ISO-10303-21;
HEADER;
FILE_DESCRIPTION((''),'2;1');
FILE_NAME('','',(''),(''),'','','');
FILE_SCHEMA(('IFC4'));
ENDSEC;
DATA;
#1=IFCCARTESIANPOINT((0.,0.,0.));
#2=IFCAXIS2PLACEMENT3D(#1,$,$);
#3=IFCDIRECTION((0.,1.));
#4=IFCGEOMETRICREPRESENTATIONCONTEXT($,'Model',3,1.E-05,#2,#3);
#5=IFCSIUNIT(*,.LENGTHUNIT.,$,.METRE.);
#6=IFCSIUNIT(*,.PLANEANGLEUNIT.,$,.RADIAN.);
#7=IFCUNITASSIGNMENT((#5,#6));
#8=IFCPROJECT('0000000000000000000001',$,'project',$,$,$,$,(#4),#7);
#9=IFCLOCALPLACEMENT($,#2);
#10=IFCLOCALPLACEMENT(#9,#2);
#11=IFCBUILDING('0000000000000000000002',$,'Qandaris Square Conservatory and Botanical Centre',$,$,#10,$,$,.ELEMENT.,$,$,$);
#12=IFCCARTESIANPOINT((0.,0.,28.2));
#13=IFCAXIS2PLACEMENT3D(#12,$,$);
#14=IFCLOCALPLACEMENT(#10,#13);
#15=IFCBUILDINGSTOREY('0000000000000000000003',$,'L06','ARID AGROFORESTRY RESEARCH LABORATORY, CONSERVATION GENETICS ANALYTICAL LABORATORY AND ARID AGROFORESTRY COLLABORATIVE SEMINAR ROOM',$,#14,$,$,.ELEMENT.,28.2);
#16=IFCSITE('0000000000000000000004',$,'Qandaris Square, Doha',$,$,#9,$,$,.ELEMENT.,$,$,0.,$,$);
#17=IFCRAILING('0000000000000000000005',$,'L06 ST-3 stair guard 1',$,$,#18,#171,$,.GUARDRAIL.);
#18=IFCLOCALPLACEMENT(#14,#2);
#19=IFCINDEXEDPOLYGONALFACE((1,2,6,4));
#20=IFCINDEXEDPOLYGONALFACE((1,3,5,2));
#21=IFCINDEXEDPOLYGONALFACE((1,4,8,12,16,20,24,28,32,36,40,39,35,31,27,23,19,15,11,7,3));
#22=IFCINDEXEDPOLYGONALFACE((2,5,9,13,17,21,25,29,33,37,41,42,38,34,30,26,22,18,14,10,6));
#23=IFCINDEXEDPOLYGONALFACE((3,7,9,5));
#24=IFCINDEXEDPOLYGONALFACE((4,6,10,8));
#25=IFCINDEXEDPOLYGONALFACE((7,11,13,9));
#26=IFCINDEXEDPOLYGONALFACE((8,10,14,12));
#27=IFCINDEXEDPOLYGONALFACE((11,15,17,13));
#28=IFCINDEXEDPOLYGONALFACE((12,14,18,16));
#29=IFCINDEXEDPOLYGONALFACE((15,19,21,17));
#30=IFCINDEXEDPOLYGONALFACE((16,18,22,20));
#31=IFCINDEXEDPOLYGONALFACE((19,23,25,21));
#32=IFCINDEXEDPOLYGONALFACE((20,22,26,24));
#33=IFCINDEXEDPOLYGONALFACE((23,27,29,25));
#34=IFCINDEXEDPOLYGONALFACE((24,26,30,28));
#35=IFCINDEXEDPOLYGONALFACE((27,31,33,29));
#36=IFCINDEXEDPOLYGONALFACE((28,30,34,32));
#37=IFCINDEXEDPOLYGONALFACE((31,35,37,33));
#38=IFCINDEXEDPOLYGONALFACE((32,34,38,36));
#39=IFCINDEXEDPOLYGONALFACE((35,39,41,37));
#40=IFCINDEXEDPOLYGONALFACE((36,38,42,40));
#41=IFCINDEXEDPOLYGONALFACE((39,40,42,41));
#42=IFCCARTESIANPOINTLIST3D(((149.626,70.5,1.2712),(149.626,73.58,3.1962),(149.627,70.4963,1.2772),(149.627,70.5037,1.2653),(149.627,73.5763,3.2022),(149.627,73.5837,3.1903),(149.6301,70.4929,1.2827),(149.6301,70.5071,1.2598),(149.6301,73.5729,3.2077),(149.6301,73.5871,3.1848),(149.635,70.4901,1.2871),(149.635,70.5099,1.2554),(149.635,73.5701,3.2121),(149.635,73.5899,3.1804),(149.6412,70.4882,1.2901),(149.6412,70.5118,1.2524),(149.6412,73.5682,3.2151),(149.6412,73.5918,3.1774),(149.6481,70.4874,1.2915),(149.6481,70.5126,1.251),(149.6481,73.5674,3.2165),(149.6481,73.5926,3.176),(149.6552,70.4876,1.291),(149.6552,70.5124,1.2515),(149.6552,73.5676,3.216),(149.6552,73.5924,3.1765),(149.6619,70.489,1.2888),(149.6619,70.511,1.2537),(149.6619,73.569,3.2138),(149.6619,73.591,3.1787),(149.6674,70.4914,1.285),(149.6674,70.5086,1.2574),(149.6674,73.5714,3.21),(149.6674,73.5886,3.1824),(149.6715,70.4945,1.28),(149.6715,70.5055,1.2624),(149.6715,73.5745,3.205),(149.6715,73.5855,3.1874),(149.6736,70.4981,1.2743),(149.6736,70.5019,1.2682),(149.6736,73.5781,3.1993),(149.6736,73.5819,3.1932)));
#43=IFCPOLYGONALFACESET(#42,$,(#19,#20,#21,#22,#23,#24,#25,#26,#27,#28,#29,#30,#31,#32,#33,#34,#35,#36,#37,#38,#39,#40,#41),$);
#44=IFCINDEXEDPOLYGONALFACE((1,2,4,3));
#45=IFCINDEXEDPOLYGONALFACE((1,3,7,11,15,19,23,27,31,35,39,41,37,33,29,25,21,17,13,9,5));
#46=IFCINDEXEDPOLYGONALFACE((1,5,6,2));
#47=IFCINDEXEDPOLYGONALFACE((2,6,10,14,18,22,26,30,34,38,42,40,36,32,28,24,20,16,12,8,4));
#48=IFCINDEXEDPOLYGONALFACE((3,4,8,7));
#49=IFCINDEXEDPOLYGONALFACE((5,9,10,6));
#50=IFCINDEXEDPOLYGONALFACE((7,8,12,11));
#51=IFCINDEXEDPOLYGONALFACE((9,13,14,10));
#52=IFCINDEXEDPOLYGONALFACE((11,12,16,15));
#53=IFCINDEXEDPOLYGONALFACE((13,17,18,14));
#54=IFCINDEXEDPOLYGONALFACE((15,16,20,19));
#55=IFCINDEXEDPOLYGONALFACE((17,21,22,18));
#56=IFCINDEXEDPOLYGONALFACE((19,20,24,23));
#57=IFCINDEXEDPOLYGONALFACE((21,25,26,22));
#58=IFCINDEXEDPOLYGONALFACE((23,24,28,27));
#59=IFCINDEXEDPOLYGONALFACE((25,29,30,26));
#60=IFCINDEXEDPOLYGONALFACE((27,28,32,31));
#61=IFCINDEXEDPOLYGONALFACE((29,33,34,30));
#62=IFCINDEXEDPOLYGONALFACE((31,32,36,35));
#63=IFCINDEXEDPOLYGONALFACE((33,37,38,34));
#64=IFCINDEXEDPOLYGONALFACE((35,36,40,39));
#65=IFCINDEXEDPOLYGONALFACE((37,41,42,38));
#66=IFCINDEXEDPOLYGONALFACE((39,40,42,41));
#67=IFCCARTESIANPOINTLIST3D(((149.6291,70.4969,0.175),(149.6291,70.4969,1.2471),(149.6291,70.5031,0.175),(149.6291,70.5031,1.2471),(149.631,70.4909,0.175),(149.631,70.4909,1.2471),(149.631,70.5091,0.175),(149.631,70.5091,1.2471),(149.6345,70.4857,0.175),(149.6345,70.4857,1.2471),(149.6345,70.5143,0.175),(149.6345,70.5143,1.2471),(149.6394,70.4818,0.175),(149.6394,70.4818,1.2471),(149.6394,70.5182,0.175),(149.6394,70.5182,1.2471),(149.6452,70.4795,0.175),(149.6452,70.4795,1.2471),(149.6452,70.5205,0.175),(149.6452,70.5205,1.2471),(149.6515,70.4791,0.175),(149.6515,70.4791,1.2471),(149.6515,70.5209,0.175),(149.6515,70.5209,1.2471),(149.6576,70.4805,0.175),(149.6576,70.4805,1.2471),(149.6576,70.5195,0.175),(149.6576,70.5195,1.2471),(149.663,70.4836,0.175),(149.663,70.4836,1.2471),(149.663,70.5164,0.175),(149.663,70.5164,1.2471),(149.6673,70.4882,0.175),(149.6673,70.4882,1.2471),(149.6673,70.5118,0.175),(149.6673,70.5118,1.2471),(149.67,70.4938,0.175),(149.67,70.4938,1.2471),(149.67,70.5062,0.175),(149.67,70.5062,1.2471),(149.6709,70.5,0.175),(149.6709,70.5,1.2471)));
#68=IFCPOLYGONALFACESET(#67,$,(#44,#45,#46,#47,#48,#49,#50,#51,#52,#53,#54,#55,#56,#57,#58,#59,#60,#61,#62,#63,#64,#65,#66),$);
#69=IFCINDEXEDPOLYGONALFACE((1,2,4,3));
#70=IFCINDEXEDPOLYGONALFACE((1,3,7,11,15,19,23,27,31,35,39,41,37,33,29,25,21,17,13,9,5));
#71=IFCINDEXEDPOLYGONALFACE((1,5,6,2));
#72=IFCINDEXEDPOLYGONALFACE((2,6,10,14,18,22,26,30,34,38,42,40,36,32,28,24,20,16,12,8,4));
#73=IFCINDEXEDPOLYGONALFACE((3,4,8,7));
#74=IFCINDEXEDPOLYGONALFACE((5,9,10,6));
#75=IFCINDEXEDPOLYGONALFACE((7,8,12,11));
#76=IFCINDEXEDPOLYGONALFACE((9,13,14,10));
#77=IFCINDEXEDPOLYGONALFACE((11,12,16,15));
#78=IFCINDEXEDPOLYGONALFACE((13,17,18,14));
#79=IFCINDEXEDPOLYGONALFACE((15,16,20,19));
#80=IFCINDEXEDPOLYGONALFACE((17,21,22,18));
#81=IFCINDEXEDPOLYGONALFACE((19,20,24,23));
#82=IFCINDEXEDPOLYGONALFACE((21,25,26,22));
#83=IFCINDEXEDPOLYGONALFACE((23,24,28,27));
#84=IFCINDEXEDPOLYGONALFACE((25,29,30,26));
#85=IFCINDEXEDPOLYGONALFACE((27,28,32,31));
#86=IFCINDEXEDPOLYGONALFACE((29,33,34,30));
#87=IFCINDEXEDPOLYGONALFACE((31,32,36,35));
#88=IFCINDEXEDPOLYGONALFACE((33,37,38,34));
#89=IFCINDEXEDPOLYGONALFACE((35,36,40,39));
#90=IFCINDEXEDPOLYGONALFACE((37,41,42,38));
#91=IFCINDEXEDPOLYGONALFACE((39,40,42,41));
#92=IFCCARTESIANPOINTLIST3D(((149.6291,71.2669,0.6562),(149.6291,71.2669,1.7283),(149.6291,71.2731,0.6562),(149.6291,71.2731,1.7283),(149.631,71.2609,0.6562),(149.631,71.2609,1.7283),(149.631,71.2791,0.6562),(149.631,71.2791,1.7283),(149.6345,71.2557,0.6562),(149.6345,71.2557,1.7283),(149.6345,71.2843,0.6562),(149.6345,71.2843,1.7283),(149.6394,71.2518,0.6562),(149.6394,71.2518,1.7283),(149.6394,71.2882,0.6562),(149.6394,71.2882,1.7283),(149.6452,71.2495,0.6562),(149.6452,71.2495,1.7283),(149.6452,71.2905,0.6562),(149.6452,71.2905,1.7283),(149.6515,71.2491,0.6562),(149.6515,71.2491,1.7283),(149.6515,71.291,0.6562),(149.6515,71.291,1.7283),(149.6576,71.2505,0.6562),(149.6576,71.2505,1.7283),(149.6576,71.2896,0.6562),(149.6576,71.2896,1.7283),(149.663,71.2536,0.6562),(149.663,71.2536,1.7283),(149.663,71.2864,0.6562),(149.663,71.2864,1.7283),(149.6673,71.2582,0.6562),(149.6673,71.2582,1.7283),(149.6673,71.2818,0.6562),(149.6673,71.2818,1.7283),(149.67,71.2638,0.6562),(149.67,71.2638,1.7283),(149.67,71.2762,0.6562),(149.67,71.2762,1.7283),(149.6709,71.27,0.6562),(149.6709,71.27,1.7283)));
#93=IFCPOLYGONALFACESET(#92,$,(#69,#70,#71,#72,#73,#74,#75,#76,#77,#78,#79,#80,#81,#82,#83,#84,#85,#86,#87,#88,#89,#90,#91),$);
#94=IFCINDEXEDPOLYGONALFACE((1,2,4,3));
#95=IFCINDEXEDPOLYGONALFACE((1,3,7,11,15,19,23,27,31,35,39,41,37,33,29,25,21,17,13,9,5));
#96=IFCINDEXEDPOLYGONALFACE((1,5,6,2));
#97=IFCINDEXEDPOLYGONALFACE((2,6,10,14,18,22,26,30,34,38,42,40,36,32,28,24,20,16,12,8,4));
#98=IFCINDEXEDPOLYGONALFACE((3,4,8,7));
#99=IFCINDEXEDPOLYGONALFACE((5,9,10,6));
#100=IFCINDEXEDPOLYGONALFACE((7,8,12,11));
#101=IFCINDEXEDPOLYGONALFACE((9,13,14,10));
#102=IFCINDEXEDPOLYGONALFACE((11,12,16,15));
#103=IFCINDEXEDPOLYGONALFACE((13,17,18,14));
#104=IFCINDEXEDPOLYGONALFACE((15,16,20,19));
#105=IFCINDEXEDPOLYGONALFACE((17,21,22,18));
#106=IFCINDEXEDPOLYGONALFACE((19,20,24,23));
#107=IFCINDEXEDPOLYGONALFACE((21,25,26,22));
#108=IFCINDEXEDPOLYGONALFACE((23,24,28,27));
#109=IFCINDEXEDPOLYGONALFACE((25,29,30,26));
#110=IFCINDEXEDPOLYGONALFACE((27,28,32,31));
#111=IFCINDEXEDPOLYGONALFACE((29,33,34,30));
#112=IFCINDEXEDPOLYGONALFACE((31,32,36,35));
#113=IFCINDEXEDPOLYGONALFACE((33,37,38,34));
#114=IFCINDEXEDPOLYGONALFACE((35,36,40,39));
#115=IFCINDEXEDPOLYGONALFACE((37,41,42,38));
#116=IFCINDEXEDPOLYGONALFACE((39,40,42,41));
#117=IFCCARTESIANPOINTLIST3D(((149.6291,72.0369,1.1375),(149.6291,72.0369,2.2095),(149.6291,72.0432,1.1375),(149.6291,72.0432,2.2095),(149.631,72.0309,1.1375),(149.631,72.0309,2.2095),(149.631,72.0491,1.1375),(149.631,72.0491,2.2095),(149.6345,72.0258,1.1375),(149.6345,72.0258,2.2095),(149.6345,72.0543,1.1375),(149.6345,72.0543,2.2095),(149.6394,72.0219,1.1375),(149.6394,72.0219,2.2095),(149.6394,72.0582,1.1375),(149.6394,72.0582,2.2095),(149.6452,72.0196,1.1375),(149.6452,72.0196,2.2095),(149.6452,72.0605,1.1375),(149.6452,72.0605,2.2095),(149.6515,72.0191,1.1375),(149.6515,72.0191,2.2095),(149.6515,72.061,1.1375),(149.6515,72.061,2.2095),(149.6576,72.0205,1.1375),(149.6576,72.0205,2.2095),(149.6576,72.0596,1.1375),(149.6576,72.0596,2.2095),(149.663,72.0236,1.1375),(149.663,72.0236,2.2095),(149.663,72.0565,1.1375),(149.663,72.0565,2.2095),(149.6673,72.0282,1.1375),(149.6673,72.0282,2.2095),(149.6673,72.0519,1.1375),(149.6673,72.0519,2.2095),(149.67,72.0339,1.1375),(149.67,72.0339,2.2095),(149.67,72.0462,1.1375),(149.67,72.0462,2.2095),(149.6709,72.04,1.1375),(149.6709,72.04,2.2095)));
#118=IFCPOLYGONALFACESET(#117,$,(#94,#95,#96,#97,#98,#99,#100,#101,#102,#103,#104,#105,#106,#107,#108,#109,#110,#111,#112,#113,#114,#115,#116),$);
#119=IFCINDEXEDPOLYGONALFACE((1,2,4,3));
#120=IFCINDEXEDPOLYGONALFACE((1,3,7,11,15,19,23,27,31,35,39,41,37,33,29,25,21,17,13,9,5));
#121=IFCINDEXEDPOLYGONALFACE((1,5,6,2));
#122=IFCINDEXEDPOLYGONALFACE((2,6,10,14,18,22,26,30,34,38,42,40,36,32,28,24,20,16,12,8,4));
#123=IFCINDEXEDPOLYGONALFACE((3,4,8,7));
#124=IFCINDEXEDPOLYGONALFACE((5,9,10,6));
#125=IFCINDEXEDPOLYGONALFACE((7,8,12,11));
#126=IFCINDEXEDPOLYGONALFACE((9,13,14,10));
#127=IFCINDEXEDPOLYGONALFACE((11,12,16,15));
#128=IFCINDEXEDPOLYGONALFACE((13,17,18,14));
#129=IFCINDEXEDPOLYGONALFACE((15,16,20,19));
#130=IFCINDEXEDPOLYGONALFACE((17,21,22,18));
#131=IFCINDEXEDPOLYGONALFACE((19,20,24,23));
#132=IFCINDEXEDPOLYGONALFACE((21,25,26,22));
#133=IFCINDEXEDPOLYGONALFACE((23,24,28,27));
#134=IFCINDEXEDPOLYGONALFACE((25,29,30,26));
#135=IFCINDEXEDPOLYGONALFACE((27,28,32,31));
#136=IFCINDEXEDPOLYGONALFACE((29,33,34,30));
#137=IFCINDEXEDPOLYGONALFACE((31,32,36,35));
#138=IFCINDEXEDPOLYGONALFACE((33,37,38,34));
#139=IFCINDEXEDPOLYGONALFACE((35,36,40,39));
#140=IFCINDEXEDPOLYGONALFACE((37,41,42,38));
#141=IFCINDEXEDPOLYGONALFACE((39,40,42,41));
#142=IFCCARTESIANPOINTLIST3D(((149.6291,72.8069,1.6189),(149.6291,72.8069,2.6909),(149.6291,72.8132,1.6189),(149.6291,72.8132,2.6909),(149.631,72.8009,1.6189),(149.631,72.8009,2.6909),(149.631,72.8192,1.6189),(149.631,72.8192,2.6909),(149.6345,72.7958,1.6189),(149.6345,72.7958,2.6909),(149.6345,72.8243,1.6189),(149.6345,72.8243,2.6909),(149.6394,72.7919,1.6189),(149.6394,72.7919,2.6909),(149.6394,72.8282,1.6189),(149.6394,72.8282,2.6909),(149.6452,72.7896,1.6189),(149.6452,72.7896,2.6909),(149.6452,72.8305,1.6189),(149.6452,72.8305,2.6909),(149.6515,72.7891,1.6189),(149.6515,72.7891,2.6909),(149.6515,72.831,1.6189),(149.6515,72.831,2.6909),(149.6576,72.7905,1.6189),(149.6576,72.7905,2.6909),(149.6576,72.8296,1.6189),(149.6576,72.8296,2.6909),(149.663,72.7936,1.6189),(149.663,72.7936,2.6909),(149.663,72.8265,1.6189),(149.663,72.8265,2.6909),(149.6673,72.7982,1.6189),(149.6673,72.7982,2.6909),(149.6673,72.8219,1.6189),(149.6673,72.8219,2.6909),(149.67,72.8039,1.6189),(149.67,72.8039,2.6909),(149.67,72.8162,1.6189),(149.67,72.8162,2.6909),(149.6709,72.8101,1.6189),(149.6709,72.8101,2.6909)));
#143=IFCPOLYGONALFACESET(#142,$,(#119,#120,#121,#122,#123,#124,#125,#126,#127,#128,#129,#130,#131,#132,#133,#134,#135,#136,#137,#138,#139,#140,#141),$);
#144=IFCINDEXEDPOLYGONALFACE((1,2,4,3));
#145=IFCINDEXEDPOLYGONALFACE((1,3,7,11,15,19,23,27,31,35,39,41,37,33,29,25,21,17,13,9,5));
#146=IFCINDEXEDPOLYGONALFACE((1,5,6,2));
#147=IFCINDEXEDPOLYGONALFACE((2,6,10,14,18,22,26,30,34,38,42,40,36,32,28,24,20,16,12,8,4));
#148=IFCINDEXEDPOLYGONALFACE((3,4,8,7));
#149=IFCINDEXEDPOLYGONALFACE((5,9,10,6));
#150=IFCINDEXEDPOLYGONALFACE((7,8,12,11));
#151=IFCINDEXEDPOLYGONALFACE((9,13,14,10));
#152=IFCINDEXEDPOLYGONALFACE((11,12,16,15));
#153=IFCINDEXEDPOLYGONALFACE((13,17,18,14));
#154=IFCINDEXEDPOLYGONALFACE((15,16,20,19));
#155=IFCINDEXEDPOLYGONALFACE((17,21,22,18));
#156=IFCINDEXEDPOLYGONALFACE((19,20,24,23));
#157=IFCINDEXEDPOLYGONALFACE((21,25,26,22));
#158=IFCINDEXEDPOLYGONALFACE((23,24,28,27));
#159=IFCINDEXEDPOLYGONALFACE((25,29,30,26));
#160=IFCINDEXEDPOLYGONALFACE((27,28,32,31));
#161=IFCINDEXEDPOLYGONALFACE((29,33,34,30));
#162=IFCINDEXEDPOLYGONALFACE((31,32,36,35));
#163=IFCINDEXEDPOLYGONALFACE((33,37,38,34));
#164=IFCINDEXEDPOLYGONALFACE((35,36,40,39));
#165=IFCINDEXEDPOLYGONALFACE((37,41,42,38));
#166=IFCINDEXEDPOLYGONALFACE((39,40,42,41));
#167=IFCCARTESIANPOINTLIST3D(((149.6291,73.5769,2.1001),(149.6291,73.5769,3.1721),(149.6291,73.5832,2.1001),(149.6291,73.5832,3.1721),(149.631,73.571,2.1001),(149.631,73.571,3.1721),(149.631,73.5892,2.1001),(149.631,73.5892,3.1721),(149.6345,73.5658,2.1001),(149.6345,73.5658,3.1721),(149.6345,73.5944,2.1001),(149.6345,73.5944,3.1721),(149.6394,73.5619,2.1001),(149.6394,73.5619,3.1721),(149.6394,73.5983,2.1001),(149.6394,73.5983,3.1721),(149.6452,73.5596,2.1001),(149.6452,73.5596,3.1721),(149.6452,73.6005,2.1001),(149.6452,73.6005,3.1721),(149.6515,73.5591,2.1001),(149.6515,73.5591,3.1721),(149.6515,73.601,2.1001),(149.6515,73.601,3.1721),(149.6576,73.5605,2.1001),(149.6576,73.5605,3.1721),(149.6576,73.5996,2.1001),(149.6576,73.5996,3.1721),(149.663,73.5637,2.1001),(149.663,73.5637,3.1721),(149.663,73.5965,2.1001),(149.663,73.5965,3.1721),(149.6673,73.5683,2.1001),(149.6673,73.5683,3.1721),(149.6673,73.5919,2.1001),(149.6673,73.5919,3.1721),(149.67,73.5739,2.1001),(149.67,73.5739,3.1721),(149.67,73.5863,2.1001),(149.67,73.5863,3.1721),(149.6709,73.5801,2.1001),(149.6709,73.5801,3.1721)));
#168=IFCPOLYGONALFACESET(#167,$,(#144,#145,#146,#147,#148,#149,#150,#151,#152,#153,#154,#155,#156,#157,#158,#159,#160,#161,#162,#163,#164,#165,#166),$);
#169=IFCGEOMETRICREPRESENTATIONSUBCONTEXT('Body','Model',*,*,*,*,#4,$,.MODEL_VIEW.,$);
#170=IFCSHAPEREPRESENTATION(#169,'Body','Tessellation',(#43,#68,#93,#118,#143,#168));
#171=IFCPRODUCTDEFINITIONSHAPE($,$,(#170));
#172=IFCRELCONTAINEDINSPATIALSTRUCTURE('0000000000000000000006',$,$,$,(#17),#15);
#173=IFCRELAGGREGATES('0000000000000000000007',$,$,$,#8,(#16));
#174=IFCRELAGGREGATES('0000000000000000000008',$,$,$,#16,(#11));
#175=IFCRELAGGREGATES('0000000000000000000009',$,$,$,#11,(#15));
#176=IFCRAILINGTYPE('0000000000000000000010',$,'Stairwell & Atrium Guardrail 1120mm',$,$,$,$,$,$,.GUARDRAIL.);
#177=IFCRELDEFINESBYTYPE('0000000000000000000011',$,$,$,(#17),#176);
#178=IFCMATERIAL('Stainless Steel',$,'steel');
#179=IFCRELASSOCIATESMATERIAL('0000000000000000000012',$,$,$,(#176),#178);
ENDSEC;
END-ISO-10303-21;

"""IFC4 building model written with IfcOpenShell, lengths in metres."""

from ifc_helpers import new_model, si_unit, direction, frame, origin, origin_2d, place, context, subcontext, project, spatial, circle, extrude, material, type_object, element, save


model = new_model("IFC4")

# Units and contexts
model_context = context("Model", 3, precision=1e-05, world=origin(), true_north=direction((0.0, 1.0)))
body_context = subcontext(model_context, "Body", "Model", "MODEL_VIEW")
ifc_project = project(units=[si_unit("LENGTHUNIT", "METRE"), si_unit("PLANEANGLEUNIT", "RADIAN")], contexts=[model_context])

# Site, building, storey
site_placement = place(None, origin())
site = spatial("IfcSite", under=ifc_project, at=site_placement, Name="Qandaris Square, Doha", CompositionType="ELEMENT", RefElevation=0.0)
building_placement = place(site_placement, origin())
building = spatial("IfcBuilding", under=site, at=building_placement, Name="Qandaris Square Conservatory and Botanical Centre", CompositionType="ELEMENT")
storey_placement = place(building_placement, frame((0.0, 0.0, 28.2)))
storey = spatial("IfcBuildingStorey", under=building, at=storey_placement, Name="L06", Description="ARID AGROFORESTRY RESEARCH LABORATORY, CONSERVATION GENETICS ANALYTICAL LABORATORY AND ARID AGROFORESTRY COLLABORATIVE SEMINAR ROOM", CompositionType="ELEMENT", Elevation=28.2)

# Railing
ifc_material_1 = material(Name="Stainless Steel", Category="steel")
railing_type_1 = type_object("IfcRailingType", Name="Stairwell & Atrium Guardrail 1120mm", PredefinedType="GUARDRAIL", material=ifc_material_1)
railing_1_placement = place(storey_placement, frame((149.6499, 70.5, 0.175)))
element("IfcRailing", 1, at=railing_1_placement, inside=storey, type_object=railing_type_1, Name="L06 ST-3 stair guard 1", PredefinedType="GUARDRAIL", context=body_context, shape_type="SweptSolid", body=[
    extrude(circle(Radius=0.0239, at=origin_2d()), frame((0.0, 0.0, 1.0962), z_axis=(0.0, 0.847998, 0.529999), x_axis=(-1.0, 0.0, 0.0)), (0.0, 0.0, 1.0), 3.6321),
    extrude(circle(Radius=0.021, at=origin_2d()), origin(), (0.0, 0.0, 1.0), 1.072),
    extrude(circle(Radius=0.021, at=origin_2d()), frame((0.0, 0.77, 0.4812)), (0.0, 0.0, 1.0), 1.072),
    extrude(circle(Radius=0.021, at=origin_2d()), frame((0.0, 1.54, 0.9624)), (0.0, 0.0, 1.0), 1.072),
    extrude(circle(Radius=0.021, at=origin_2d()), frame((0.0, 2.3101, 1.4438)), (0.0, 0.0, 1.0), 1.072),
    extrude(circle(Radius=0.021, at=origin_2d()), frame((0.0, 3.0801, 1.925)), (0.0, 0.0, 1.0), 1.072),
])

save(model, "model.ifc")
